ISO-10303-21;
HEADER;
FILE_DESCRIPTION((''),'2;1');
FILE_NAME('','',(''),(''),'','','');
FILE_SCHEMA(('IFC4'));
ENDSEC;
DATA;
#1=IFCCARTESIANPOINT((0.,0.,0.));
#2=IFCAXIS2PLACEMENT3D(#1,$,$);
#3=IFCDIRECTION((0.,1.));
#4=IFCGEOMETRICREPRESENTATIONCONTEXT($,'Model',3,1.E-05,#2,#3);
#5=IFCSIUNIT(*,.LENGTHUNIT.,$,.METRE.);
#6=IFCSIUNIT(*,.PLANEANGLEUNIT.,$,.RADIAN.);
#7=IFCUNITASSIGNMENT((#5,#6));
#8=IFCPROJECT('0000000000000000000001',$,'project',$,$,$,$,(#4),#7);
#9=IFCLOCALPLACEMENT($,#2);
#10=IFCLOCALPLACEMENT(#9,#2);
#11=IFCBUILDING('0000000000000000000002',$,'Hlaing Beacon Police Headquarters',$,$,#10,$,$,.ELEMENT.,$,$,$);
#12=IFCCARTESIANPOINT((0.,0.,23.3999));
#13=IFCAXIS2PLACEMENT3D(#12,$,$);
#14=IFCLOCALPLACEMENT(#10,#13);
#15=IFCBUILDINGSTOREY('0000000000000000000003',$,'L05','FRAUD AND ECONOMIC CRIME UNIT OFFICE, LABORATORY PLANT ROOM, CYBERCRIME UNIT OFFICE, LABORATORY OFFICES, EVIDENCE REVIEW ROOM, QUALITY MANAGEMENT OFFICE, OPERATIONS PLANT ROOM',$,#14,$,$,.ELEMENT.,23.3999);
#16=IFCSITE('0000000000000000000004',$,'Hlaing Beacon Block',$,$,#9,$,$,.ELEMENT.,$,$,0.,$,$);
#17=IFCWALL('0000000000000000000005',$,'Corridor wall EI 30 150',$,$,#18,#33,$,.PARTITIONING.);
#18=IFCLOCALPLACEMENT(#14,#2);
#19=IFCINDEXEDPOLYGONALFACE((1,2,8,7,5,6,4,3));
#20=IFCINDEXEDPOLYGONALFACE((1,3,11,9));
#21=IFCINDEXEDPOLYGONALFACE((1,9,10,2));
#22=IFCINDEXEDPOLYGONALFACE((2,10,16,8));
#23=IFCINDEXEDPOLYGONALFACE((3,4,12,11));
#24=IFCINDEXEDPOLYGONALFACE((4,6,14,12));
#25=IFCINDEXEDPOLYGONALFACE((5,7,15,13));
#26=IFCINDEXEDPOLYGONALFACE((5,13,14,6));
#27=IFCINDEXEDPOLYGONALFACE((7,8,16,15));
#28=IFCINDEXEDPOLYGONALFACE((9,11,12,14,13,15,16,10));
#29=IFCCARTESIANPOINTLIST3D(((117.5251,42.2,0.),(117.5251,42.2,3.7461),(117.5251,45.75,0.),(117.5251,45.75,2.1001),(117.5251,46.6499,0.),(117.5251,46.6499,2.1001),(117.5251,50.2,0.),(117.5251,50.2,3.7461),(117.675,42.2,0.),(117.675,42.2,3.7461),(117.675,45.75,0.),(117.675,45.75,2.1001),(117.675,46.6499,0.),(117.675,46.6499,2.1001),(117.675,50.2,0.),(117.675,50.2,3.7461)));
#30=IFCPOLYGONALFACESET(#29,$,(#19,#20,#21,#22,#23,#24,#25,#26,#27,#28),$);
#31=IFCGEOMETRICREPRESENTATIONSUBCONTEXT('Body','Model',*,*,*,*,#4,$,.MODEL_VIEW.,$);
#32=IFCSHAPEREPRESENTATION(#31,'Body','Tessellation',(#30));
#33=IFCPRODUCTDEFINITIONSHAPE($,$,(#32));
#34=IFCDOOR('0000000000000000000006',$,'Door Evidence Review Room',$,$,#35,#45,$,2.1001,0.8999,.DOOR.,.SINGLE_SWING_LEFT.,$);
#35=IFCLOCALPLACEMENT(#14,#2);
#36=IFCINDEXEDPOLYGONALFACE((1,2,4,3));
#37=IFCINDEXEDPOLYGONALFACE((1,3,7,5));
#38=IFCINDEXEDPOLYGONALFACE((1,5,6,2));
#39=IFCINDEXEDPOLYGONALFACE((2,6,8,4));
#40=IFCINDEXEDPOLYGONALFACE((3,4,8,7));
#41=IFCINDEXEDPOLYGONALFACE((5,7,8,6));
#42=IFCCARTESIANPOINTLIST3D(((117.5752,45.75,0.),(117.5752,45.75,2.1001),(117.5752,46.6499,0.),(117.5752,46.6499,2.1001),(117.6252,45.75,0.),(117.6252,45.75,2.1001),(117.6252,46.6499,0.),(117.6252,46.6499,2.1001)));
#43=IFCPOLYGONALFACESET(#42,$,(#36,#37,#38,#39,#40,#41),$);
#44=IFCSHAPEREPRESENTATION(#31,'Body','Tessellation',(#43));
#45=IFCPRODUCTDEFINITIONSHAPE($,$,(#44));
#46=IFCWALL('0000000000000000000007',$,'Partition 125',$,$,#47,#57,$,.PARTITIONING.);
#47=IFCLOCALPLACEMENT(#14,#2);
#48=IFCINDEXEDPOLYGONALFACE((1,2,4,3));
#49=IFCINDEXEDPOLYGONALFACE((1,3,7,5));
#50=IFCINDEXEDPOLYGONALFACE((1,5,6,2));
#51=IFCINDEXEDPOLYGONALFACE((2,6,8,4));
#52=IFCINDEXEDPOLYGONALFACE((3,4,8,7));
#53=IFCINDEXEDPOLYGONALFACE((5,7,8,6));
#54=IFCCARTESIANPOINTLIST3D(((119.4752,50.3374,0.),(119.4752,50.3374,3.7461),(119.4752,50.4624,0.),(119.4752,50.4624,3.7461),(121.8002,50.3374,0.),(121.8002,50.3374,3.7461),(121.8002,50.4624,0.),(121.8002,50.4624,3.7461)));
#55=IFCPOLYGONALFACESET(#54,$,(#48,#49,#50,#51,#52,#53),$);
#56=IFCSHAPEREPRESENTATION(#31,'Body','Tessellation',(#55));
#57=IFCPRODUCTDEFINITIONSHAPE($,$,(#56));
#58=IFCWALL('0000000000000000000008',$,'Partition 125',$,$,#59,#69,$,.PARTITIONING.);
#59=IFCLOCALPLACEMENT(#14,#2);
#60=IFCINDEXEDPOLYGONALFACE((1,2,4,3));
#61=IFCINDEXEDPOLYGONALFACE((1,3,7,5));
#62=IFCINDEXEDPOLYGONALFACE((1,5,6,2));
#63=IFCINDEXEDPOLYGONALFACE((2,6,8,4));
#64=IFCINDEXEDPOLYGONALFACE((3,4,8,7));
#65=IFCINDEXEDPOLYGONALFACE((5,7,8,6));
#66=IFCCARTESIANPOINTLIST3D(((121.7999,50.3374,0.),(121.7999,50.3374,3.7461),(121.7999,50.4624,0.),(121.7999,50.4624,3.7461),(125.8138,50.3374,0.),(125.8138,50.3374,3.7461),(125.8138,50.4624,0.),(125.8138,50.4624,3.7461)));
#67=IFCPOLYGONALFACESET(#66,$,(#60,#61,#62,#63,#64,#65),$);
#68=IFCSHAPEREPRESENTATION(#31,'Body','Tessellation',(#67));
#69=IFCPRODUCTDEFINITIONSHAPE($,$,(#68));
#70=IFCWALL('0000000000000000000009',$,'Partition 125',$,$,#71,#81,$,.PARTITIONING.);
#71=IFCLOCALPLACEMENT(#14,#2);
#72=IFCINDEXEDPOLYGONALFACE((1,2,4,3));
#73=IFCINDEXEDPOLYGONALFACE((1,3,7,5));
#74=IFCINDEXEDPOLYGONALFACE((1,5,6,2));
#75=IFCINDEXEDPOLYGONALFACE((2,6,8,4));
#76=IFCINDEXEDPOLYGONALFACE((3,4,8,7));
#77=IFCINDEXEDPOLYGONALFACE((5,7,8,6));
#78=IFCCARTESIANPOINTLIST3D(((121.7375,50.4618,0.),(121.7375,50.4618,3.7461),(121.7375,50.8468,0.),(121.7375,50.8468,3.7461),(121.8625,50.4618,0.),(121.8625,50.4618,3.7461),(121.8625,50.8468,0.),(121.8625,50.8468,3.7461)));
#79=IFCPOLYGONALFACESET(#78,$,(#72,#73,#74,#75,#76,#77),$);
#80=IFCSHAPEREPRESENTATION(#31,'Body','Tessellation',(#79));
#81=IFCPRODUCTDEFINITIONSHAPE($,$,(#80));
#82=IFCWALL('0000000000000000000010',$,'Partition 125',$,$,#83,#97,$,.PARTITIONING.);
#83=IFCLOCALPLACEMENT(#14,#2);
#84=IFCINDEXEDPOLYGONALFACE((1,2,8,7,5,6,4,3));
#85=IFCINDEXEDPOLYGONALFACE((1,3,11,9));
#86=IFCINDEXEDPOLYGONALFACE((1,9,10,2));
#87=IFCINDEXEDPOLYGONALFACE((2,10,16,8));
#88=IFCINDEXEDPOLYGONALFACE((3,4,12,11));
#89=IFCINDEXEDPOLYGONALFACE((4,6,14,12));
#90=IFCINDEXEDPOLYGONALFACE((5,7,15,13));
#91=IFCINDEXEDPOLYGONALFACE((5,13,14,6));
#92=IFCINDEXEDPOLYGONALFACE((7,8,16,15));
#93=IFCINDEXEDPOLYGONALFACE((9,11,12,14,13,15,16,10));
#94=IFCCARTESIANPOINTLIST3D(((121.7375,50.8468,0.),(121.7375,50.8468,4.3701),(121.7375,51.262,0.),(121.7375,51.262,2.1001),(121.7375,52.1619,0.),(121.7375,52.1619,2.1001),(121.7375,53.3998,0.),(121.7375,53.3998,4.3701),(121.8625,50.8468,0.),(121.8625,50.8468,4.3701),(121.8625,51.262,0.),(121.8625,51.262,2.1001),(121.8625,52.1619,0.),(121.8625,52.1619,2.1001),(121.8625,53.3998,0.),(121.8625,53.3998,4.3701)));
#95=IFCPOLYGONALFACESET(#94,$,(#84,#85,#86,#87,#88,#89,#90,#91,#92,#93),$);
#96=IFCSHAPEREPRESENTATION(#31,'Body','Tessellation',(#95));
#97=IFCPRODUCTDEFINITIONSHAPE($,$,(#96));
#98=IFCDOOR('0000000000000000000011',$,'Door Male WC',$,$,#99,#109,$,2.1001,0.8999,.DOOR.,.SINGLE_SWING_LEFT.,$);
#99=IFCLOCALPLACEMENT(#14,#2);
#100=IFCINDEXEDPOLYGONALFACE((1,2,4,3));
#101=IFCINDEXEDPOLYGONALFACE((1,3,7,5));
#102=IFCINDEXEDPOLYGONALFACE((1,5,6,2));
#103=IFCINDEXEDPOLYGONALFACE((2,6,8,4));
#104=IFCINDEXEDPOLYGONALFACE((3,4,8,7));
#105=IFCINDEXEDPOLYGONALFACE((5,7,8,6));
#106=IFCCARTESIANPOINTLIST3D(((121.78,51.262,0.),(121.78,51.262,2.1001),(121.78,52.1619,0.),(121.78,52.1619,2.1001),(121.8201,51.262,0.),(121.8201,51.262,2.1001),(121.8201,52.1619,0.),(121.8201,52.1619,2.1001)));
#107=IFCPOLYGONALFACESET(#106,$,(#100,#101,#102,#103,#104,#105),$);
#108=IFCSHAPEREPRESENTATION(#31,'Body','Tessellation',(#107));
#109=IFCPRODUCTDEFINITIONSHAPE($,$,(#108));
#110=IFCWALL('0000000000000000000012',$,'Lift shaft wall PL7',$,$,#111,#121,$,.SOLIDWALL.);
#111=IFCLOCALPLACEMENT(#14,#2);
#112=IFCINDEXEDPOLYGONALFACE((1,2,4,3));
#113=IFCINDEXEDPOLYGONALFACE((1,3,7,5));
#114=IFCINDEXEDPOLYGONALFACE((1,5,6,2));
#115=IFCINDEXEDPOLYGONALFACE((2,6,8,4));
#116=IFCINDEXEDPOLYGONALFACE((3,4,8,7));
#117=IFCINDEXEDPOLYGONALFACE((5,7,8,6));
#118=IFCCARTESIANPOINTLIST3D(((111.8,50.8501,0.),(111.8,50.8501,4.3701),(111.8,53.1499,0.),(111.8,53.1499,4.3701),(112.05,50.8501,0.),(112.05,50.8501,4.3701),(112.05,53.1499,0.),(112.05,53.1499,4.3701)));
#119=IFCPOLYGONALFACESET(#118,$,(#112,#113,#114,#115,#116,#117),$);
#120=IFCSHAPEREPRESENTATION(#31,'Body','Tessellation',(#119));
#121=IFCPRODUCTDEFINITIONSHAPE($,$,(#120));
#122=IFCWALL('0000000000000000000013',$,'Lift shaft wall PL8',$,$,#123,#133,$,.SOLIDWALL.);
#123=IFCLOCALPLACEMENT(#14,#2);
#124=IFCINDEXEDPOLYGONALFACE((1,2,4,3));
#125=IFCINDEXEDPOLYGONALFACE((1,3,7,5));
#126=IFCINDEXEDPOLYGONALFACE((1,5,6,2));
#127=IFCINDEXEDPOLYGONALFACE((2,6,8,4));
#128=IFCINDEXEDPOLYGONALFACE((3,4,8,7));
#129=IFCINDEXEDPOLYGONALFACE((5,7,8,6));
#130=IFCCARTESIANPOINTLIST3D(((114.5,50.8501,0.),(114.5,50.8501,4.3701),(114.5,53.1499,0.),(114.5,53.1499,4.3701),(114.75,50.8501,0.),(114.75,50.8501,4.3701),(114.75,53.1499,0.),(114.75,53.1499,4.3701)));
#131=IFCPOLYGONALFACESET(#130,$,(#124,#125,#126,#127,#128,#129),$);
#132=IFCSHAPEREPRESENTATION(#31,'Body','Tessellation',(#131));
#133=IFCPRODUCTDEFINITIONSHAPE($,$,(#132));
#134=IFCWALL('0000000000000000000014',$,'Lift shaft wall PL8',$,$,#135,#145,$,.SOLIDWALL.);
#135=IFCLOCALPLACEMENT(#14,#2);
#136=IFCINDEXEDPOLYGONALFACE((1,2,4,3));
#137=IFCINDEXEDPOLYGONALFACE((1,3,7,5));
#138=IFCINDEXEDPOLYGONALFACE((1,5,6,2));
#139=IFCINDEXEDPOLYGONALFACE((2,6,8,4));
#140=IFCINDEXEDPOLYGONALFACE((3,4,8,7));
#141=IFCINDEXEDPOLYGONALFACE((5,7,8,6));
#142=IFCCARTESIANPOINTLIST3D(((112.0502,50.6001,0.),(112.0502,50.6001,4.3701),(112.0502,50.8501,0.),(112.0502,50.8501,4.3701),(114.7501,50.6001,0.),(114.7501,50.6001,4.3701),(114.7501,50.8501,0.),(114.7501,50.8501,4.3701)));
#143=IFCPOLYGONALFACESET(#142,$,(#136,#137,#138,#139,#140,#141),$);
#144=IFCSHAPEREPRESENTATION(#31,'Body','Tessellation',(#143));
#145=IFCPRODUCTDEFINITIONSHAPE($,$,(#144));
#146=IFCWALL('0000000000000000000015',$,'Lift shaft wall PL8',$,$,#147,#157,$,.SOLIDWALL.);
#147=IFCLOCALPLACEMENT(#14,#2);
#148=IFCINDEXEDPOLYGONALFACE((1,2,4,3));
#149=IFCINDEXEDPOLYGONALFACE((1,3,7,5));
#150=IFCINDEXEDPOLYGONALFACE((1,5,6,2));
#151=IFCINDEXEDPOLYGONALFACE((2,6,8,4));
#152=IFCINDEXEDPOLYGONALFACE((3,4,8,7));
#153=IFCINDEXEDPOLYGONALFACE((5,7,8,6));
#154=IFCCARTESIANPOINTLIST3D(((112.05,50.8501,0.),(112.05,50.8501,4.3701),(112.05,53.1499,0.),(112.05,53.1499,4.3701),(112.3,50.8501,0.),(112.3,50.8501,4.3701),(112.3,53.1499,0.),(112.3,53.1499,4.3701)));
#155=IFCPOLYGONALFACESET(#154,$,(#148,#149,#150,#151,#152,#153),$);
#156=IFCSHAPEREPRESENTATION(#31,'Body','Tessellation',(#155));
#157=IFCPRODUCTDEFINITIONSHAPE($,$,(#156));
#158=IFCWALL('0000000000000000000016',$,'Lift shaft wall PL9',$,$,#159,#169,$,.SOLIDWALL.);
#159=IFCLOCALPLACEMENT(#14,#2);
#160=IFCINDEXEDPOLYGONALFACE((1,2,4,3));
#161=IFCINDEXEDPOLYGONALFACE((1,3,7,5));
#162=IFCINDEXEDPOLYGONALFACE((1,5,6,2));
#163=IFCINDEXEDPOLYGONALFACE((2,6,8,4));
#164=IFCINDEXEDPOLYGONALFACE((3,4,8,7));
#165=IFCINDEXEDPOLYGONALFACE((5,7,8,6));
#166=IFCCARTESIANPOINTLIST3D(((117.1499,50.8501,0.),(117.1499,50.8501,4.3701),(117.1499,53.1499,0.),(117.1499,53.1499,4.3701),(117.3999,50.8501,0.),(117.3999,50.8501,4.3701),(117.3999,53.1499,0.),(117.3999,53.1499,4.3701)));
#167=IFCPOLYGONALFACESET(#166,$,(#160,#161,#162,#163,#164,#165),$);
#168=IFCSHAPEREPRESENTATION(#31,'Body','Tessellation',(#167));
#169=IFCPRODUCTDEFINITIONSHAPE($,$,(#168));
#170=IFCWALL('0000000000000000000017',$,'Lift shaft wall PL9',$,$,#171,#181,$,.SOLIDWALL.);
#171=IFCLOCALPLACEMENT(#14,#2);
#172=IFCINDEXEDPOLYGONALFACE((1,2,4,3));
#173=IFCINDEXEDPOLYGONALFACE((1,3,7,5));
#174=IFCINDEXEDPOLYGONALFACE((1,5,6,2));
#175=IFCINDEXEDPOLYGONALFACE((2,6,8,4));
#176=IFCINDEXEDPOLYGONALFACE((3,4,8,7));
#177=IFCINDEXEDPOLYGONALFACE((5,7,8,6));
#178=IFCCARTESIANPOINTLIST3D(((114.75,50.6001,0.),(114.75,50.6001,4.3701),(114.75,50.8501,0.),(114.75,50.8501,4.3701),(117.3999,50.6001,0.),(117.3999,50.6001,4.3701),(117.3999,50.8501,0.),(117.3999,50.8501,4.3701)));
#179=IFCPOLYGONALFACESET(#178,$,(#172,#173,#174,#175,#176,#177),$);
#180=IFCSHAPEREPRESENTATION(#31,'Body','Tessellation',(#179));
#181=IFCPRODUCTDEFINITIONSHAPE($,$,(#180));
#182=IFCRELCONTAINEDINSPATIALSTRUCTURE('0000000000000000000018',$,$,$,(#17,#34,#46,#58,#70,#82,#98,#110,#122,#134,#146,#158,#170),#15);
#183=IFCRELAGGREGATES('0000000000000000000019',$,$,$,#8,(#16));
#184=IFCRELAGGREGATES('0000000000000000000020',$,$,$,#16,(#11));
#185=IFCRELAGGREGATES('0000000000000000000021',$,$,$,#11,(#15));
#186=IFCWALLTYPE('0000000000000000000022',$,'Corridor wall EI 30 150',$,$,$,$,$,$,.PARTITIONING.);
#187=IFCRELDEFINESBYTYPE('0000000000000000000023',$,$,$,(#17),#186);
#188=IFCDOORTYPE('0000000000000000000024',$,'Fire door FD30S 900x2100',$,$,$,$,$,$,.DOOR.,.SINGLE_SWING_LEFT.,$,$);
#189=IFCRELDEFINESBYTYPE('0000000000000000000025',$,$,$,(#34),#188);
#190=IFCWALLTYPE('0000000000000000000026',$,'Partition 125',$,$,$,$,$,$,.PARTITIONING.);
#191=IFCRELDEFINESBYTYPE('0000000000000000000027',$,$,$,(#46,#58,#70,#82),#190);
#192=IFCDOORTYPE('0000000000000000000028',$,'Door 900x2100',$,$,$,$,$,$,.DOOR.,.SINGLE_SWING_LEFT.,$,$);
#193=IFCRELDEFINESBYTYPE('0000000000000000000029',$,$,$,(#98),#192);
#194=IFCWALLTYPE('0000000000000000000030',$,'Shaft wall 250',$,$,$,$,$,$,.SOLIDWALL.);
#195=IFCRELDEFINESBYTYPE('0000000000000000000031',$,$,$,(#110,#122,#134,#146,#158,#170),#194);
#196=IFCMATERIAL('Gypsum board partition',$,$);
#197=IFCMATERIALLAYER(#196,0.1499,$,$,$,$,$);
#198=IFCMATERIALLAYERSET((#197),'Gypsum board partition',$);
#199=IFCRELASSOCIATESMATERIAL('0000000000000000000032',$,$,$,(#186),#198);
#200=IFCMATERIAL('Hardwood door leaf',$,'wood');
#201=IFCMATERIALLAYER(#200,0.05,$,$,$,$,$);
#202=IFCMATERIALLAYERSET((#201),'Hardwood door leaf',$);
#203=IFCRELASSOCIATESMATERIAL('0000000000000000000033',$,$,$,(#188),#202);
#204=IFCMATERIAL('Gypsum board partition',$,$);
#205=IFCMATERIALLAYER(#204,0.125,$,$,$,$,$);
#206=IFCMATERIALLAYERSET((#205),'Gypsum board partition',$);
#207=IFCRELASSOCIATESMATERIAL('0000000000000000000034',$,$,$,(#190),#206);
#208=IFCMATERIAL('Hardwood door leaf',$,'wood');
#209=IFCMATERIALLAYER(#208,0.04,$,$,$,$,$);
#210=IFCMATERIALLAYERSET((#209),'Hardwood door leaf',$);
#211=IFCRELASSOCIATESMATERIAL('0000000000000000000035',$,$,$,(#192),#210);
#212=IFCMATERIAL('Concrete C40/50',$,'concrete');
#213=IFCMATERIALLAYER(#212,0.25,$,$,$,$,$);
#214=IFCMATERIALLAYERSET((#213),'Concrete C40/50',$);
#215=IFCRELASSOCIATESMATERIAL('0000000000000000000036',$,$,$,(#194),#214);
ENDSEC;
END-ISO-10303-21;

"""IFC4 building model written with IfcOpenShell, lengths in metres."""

from ifc_helpers import new_model, si_unit, direction, frame, frame_2d, origin, place, context, subcontext, project, spatial, rectangle, extrude, material, layer, layer_set, type_object, element, fill, save


model = new_model("IFC4")

# Units and contexts
model_context = context("Model", 3, precision=1e-05, world=origin(), true_north=direction((0.0, 1.0)))
body_context = subcontext(model_context, "Body", "Model", "MODEL_VIEW")
ifc_project = project(units=[si_unit("LENGTHUNIT", "METRE"), si_unit("PLANEANGLEUNIT", "RADIAN")], contexts=[model_context])

# Site, building, storey
site_placement = place(None, origin())
site = spatial("IfcSite", under=ifc_project, at=site_placement, Name="Hlaing Beacon Block", CompositionType="ELEMENT", RefElevation=0.0)
building_placement = place(site_placement, origin())
building = spatial("IfcBuilding", under=site, at=building_placement, Name="Hlaing Beacon Police Headquarters", CompositionType="ELEMENT")
storey_placement = place(building_placement, frame((0.0, 0.0, 23.3999)))
storey = spatial("IfcBuildingStorey", under=building, at=storey_placement, Name="L05", Description="FRAUD AND ECONOMIC CRIME UNIT OFFICE, LABORATORY PLANT ROOM, CYBERCRIME UNIT OFFICE, LABORATORY OFFICES, EVIDENCE REVIEW ROOM, QUALITY MANAGEMENT OFFICE, OPERATIONS PLANT ROOM", CompositionType="ELEMENT", Elevation=23.3999)

# Shared definitions
ifc_material_1 = material(Name="Gypsum board partition")
ifc_layer_1 = layer(ifc_material_1, 0.1499)
ifc_layer_set_1 = layer_set([ifc_layer_1], Name="Gypsum board partition")
wall_type_1 = type_object("IfcWallType", Name="Corridor wall EI 30 150", PredefinedType="PARTITIONING", material=ifc_layer_set_1)

# Wall, opening, door
ifc_material_2 = material(Name="Hardwood door leaf", Category="wood")
ifc_layer_2 = layer(ifc_material_2, 0.05)
ifc_layer_set_2 = layer_set([ifc_layer_2], Name="Hardwood door leaf")
door_type_1 = type_object("IfcDoorType", Name="Fire door FD30S 900x2100", OperationType="SINGLE_SWING_LEFT", PredefinedType="DOOR", material=ifc_layer_set_2)
wall_1_placement = place(storey_placement, frame((117.6001, 42.2, 0.0), z_axis=(0.0, 0.0, 1.0), x_axis=(0.0, 1.0, 0.0)))
wall_1 = element("IfcWall", 1, at=wall_1_placement, inside=storey, type_object=wall_type_1, Name="Corridor wall EI 30 150", PredefinedType="PARTITIONING", context=body_context, shape_type="SweptSolid", body=[
    extrude(rectangle(XDim=8.0, YDim=0.1499, at=frame_2d((4.0, 0.0))), origin(), (0.0, 0.0, 1.0), 3.7461),
])
opening_1_placement = place(wall_1_placement, frame((3.55, 0.0, 0.0)))
opening_1 = element("IfcOpeningElement", 2, at=opening_1_placement, cuts=wall_1, PredefinedType="OPENING", context=body_context, shape_type="SweptSolid", body=[
    extrude(rectangle(XDim=0.8999, YDim=2.1001, at=frame_2d((0.45, 1.05))), frame((0.0, 0.085, 0.0), z_axis=(0.0, -1.0, 0.0), x_axis=(1.0, 0.0, 0.0)), (0.0, 0.0, 1.0), 0.1699),
])
door_1_placement = place(opening_1_placement, origin())
door_1 = element("IfcDoor", 3, at=door_1_placement, inside=storey, type_object=door_type_1, Name="Door Evidence Review Room", OperationType="SINGLE_SWING_LEFT", OverallHeight=2.1001, OverallWidth=0.8999, PredefinedType="DOOR", context=body_context, shape_type="SweptSolid", body=[
    extrude(rectangle(XDim=0.8999, YDim=2.1001, at=frame_2d((0.45, 1.05))), frame((0.0, 0.0249, 0.0), z_axis=(0.0, -1.0, 0.0), x_axis=(1.0, 0.0, 0.0)), (0.0, 0.0, 1.0), 0.05),
])
fill(opening_1, door_1)

# Walls
ifc_material_3 = material(Name="Gypsum board partition")
ifc_layer_3 = layer(ifc_material_3, 0.125)
ifc_layer_set_3 = layer_set([ifc_layer_3], Name="Gypsum board partition")
wall_type_2 = type_object("IfcWallType", Name="Partition 125", PredefinedType="PARTITIONING", material=ifc_layer_set_3)
wall_2_placement = place(storey_placement, frame((119.4751, 50.3999, 0.0), z_axis=(0.0, 0.0, 1.0), x_axis=(1.0, 0.0, 0.0)))
element("IfcWall", 4, at=wall_2_placement, inside=storey, type_object=wall_type_2, Name="Partition 125", PredefinedType="PARTITIONING", context=body_context, shape_type="SweptSolid", body=[
    extrude(rectangle(XDim=2.325, YDim=0.125, at=frame_2d((1.1626, 0.0))), origin(), (0.0, 0.0, 1.0), 3.7461),
])
wall_3_placement = place(storey_placement, frame((121.8, 50.3999, 0.0), z_axis=(0.0, 0.0, 1.0), x_axis=(1.0, 0.0, 0.0)))
element("IfcWall", 5, at=wall_3_placement, inside=storey, type_object=wall_type_2, Name="Partition 125", PredefinedType="PARTITIONING", context=body_context, shape_type="SweptSolid", body=[
    extrude(rectangle(XDim=4.0139, YDim=0.125, at=frame_2d((2.0068, 0.0))), origin(), (0.0, 0.0, 1.0), 3.7461),
])
wall_4_placement = place(storey_placement, frame((121.8, 50.4619, 0.0), z_axis=(0.0, 0.0, 1.0), x_axis=(0.0, 1.0, 0.0)))
element("IfcWall", 6, at=wall_4_placement, inside=storey, type_object=wall_type_2, Name="Partition 125", PredefinedType="PARTITIONING", context=body_context, shape_type="SweptSolid", body=[
    extrude(rectangle(XDim=0.385, YDim=0.125, at=frame_2d((0.1924, 0.0))), origin(), (0.0, 0.0, 1.0), 3.7461),
])

# Wall, opening, door
wall_5_placement = place(storey_placement, frame((121.8, 50.8469, 0.0), z_axis=(0.0, 0.0, 1.0), x_axis=(0.0, 1.0, 0.0)))
wall_5 = element("IfcWall", 7, at=wall_5_placement, inside=storey, type_object=wall_type_2, Name="Partition 125", PredefinedType="PARTITIONING", context=body_context, shape_type="SweptSolid", body=[
    extrude(rectangle(XDim=2.553, YDim=0.125, at=frame_2d((1.2764, 0.0))), origin(), (0.0, 0.0, 1.0), 4.3701),
])
opening_2_placement = place(wall_5_placement, frame((0.415, 0.0, 0.0)))
opening_2 = element("IfcOpeningElement", 8, at=opening_2_placement, cuts=wall_5, PredefinedType="OPENING", context=body_context, shape_type="SweptSolid", body=[
    extrude(rectangle(XDim=0.8999, YDim=2.1001, at=frame_2d((0.45, 1.05))), frame((0.0, 0.0725, 0.0), z_axis=(0.0, -1.0, 0.0), x_axis=(1.0, 0.0, 0.0)), (0.0, 0.0, 1.0), 0.145),
])
ifc_material_4 = material(Name="Hardwood door leaf", Category="wood")
ifc_layer_4 = layer(ifc_material_4, 0.04)
ifc_layer_set_4 = layer_set([ifc_layer_4], Name="Hardwood door leaf")
door_type_2 = type_object("IfcDoorType", Name="Door 900x2100", OperationType="SINGLE_SWING_LEFT", PredefinedType="DOOR", material=ifc_layer_set_4)
door_2_placement = place(opening_2_placement, frame((0.8999, 0.0, 0.0), z_axis=(0.0, 0.0, 1.0), x_axis=(-1.0, 0.0, 0.0)))
door_2 = element("IfcDoor", 9, at=door_2_placement, inside=storey, type_object=door_type_2, Name="Door Male WC", OperationType="SINGLE_SWING_LEFT", OverallHeight=2.1001, OverallWidth=0.8999, PredefinedType="DOOR", context=body_context, shape_type="SweptSolid", body=[
    extrude(rectangle(XDim=0.8999, YDim=2.1001, at=frame_2d((0.45, 1.05))), frame((0.0, 0.02, 0.0), z_axis=(0.0, -1.0, 0.0), x_axis=(1.0, 0.0, 0.0)), (0.0, 0.0, 1.0), 0.04),
])
fill(opening_2, door_2)

# Walls
ifc_material_5 = material(Name="Concrete C40/50", Category="concrete")
ifc_layer_5 = layer(ifc_material_5, 0.25)
ifc_layer_set_5 = layer_set([ifc_layer_5], Name="Concrete C40/50")
wall_type_3 = type_object("IfcWallType", Name="Shaft wall 250", PredefinedType="SOLIDWALL", material=ifc_layer_set_5)
for number, where, z_axis, x_axis, name in (
    (10, (111.925, 50.8501, 0.0), (0.0, 0.0, 1.0), (0.0, 1.0, 0.0), "Lift shaft wall PL7"),
    (11, (114.625, 50.8501, 0.0), (0.0, 0.0, 1.0), (0.0, 1.0, 0.0), "Lift shaft wall PL8"),
):
    element("IfcWall", number, at=place(storey_placement, frame(where, z_axis=z_axis, x_axis=x_axis)), inside=storey, type_object=wall_type_3, Name=name, PredefinedType="SOLIDWALL", context=body_context, shape_type="SweptSolid", body=[
        extrude(rectangle(XDim=2.2998, YDim=0.25, at=frame_2d((1.1499, 0.0))), origin(), (0.0, 0.0, 1.0), 4.3701),
    ])
wall_6_placement = place(storey_placement, frame((112.05, 50.7251, 0.0), z_axis=(0.0, 0.0, 1.0), x_axis=(1.0, 0.0, 0.0)))
element("IfcWall", 12, at=wall_6_placement, inside=storey, type_object=wall_type_3, Name="Lift shaft wall PL8", PredefinedType="SOLIDWALL", context=body_context, shape_type="SweptSolid", body=[
    extrude(rectangle(XDim=2.7, YDim=0.25, at=frame_2d((1.3501, 0.0))), origin(), (0.0, 0.0, 1.0), 4.3701),
])
for number, where, z_axis, x_axis, name in (
    (13, (112.175, 50.8501, 0.0), (0.0, 0.0, 1.0), (0.0, 1.0, 0.0), "Lift shaft wall PL8"),
    (14, (117.2749, 50.8501, 0.0), (0.0, 0.0, 1.0), (0.0, 1.0, 0.0), "Lift shaft wall PL9"),
):
    element("IfcWall", number, at=place(storey_placement, frame(where, z_axis=z_axis, x_axis=x_axis)), inside=storey, type_object=wall_type_3, Name=name, PredefinedType="SOLIDWALL", context=body_context, shape_type="SweptSolid", body=[
        extrude(rectangle(XDim=2.2998, YDim=0.25, at=frame_2d((1.1499, 0.0))), origin(), (0.0, 0.0, 1.0), 4.3701),
    ])
wall_7_placement = place(storey_placement, frame((114.75, 50.7251, 0.0), z_axis=(0.0, 0.0, 1.0), x_axis=(1.0, 0.0, 0.0)))
element("IfcWall", 15, at=wall_7_placement, inside=storey, type_object=wall_type_3, Name="Lift shaft wall PL9", PredefinedType="SOLIDWALL", context=body_context, shape_type="SweptSolid", body=[
    extrude(rectangle(XDim=2.6499, YDim=0.25, at=frame_2d((1.325, 0.0))), origin(), (0.0, 0.0, 1.0), 4.3701),
])

save(model, "model.ifc")
